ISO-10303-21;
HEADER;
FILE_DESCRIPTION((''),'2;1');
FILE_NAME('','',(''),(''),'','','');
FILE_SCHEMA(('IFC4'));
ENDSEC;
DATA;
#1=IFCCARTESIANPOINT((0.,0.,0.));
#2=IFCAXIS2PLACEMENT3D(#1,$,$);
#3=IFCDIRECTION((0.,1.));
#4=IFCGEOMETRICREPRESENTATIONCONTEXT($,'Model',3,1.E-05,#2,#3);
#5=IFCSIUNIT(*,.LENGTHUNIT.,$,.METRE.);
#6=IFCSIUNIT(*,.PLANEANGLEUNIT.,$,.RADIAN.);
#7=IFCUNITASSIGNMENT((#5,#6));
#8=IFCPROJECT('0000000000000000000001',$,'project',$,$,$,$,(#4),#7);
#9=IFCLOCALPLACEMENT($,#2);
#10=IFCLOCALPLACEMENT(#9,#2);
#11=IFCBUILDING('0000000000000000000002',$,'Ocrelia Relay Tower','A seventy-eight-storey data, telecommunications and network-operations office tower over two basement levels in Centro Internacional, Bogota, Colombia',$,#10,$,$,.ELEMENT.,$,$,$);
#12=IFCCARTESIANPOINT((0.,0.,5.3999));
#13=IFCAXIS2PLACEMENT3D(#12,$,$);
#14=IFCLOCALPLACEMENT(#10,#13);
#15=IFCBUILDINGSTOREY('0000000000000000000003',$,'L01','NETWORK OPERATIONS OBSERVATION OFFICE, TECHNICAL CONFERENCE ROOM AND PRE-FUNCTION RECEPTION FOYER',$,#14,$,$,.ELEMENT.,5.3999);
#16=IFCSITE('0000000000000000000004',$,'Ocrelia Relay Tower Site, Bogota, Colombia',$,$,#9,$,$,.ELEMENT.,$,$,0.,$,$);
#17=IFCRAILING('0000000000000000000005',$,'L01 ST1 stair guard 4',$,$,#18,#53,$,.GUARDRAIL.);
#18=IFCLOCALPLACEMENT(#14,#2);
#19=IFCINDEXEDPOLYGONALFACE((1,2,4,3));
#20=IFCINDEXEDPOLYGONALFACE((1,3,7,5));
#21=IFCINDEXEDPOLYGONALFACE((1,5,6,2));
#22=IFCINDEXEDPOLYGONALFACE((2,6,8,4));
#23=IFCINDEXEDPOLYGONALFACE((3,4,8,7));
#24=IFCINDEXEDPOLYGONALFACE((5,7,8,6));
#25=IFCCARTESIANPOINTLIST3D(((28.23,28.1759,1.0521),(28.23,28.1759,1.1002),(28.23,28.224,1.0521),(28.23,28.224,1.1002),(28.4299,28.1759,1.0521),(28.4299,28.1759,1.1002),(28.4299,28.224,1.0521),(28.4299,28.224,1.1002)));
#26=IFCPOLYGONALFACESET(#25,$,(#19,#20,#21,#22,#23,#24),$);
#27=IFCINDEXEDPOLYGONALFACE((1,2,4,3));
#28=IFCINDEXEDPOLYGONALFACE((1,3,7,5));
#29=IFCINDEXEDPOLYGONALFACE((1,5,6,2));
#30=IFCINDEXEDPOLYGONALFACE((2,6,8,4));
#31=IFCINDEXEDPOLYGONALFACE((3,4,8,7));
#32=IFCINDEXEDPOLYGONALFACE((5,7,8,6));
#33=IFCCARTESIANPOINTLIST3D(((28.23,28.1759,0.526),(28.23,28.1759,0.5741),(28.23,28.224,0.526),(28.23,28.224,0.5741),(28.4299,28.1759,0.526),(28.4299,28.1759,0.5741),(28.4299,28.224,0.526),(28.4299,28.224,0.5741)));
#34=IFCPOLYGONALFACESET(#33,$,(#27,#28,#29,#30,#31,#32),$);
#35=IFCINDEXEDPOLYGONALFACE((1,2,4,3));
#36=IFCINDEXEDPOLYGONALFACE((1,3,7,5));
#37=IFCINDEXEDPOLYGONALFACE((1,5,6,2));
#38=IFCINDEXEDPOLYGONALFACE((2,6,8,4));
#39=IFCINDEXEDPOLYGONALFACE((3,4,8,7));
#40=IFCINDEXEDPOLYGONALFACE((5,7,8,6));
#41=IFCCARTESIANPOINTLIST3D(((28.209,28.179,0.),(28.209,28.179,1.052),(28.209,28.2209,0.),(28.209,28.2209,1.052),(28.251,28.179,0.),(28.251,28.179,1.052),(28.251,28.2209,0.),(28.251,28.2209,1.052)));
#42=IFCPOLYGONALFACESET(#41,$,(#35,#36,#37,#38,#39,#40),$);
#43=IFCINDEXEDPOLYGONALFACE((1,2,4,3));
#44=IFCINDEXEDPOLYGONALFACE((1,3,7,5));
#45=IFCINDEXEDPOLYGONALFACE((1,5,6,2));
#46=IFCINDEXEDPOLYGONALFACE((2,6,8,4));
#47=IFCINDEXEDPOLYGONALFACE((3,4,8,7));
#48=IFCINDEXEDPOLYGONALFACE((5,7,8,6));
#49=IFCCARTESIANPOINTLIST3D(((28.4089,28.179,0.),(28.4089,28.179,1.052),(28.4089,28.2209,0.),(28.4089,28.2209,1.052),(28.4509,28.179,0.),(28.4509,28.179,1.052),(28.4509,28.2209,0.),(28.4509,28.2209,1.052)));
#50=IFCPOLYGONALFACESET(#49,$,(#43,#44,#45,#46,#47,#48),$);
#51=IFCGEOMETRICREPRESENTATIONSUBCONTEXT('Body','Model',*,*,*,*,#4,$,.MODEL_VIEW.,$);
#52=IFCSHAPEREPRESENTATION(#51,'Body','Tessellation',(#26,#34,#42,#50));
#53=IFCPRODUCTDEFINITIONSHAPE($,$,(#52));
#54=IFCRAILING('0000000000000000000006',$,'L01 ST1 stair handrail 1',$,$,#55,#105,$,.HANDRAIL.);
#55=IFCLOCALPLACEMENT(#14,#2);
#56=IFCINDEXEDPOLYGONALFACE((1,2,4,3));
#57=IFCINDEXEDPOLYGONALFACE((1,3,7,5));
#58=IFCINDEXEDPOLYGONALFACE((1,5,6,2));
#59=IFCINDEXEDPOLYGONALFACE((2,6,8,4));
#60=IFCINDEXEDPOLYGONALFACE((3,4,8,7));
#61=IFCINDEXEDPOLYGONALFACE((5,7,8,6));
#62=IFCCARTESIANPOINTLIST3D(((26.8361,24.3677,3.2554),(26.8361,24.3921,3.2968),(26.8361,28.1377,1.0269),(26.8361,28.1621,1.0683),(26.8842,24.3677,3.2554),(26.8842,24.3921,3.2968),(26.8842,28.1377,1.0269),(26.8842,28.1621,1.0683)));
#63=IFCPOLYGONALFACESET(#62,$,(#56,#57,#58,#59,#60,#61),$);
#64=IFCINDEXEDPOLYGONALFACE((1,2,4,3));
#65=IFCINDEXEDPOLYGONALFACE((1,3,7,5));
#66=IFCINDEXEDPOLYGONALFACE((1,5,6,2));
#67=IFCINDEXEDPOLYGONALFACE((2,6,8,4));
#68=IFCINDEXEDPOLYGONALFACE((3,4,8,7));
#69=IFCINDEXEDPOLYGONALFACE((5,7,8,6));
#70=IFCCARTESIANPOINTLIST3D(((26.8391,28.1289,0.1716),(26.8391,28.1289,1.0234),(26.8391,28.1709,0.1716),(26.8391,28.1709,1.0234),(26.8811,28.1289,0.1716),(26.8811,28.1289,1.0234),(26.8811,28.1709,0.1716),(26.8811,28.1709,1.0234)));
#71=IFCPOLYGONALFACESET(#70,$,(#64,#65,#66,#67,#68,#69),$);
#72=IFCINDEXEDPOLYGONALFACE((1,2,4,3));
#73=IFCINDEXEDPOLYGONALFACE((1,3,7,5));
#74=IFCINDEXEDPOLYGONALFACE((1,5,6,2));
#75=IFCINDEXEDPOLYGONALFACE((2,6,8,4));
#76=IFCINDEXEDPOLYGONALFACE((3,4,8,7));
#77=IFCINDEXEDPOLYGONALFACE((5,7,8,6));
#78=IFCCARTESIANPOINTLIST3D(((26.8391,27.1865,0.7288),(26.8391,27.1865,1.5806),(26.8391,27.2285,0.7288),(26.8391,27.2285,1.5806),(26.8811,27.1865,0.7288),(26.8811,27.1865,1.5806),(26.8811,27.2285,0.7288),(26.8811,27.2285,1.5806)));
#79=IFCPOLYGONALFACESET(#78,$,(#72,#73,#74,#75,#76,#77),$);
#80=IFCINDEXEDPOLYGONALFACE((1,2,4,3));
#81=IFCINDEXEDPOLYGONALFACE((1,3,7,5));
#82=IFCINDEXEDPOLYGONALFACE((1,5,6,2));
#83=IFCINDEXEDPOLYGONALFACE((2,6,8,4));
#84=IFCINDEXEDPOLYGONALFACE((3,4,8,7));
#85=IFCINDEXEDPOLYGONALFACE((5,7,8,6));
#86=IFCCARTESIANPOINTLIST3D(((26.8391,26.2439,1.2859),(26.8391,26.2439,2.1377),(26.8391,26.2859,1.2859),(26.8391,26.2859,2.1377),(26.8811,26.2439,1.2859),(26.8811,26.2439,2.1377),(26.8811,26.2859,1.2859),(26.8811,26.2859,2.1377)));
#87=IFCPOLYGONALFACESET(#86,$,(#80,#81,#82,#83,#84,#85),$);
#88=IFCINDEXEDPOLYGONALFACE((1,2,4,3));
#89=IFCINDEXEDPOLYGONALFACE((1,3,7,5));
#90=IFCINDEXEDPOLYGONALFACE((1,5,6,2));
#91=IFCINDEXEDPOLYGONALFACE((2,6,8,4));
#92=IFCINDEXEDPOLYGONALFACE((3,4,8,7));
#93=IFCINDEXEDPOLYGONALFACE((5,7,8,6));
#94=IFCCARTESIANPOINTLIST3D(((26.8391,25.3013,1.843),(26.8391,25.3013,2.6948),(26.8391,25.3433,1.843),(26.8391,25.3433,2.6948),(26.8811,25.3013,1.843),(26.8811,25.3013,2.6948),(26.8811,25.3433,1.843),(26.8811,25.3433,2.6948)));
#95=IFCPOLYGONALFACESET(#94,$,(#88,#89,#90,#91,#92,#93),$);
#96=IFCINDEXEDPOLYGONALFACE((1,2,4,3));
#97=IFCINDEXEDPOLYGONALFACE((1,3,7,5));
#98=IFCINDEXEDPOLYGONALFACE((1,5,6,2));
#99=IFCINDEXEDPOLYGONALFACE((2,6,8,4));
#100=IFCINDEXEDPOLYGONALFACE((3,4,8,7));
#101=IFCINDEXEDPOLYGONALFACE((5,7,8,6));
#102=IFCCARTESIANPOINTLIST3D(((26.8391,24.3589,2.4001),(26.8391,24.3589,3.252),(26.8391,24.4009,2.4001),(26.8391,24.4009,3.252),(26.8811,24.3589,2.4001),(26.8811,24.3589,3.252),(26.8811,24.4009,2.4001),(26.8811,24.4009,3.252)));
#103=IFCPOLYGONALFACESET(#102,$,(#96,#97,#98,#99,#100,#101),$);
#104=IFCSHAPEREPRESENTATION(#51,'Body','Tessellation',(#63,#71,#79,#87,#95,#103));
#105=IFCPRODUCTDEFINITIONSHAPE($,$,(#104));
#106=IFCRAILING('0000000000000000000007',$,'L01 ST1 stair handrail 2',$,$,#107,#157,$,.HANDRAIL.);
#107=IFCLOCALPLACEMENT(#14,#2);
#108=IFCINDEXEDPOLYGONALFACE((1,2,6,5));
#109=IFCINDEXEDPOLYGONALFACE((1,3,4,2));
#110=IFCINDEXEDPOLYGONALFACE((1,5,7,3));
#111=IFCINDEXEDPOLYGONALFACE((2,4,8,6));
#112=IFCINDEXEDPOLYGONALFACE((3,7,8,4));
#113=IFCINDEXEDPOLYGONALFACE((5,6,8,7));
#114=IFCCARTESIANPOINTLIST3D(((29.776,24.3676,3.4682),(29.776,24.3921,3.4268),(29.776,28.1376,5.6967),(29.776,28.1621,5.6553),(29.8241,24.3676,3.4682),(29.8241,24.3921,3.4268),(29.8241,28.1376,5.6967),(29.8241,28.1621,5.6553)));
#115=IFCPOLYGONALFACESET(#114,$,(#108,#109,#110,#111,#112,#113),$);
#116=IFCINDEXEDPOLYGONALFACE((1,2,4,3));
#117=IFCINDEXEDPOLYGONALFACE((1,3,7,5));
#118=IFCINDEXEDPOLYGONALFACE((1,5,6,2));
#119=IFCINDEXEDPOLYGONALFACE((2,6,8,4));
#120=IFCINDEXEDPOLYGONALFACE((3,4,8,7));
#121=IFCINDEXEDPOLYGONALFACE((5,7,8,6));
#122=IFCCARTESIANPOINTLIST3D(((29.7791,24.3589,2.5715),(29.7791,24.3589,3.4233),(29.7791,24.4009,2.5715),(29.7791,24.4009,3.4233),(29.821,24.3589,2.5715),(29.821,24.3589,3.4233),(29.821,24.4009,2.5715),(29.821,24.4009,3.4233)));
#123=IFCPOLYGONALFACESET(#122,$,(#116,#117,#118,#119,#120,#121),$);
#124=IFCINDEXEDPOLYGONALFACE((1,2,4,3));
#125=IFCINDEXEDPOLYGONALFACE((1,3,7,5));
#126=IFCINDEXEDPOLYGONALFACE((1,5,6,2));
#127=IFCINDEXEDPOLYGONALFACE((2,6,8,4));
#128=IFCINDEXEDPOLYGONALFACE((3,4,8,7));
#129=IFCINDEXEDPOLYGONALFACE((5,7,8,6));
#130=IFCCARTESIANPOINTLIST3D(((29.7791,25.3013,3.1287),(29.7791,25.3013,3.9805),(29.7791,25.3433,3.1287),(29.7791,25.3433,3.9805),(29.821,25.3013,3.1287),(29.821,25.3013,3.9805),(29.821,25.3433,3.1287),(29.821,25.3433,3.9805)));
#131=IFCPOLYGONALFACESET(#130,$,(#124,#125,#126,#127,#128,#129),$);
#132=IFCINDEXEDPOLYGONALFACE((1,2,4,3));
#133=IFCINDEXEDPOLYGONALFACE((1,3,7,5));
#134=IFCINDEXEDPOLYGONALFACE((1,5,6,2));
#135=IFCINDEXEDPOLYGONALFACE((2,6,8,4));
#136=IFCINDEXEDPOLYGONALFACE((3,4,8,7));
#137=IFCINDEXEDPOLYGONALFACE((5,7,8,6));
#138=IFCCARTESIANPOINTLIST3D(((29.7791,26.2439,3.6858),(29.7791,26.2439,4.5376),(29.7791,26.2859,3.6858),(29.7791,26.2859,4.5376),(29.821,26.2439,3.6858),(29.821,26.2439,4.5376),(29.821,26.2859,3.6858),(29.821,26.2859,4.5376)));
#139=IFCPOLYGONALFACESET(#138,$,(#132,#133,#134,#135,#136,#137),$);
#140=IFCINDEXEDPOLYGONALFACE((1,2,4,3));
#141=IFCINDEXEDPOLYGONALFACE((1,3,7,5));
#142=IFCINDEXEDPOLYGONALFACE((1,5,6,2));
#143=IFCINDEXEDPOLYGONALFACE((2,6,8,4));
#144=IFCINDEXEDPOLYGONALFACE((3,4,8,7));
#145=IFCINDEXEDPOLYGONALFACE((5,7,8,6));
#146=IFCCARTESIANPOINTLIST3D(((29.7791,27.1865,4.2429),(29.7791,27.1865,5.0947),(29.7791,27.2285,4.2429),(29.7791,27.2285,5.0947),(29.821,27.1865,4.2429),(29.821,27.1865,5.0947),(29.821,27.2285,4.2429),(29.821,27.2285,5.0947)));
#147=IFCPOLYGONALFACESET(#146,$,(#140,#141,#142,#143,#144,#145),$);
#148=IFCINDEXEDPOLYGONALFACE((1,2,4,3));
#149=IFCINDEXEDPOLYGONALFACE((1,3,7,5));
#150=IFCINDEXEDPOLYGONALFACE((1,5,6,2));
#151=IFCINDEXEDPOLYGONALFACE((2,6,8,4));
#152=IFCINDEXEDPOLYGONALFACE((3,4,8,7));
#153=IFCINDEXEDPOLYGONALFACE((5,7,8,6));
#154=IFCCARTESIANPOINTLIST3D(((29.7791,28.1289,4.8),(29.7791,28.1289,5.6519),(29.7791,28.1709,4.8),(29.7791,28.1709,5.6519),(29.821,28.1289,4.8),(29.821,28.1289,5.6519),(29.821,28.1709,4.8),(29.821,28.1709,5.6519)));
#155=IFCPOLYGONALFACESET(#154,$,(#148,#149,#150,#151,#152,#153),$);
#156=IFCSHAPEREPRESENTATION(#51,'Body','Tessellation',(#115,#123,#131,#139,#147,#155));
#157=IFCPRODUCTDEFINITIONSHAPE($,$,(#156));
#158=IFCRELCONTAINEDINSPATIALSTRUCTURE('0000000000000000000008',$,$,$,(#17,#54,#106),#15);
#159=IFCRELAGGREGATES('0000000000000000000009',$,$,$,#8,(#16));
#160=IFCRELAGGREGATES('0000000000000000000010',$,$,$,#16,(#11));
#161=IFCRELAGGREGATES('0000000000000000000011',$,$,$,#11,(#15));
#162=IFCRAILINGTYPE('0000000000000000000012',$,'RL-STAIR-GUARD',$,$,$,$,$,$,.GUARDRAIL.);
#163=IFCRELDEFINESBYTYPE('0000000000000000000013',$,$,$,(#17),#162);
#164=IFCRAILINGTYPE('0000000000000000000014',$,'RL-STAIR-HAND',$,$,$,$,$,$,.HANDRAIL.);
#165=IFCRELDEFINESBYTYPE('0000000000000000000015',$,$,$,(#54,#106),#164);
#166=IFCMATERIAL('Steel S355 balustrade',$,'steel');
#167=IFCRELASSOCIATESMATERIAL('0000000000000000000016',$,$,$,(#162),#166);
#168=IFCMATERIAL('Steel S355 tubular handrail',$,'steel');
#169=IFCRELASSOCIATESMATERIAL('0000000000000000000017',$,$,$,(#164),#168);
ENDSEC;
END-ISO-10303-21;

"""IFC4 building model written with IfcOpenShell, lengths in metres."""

from ifc_helpers import new_model, si_unit, direction, frame, origin, origin_2d, place, context, subcontext, project, spatial, rectangle, extrude, material, type_object, element, save


model = new_model("IFC4")

# Units and contexts
model_context = context("Model", 3, precision=1e-05, world=origin(), true_north=direction((0.0, 1.0)))
body_context = subcontext(model_context, "Body", "Model", "MODEL_VIEW")
ifc_project = project(units=[si_unit("LENGTHUNIT", "METRE"), si_unit("PLANEANGLEUNIT", "RADIAN")], contexts=[model_context])

# Site, building, storey
site_placement = place(None, origin())
site = spatial("IfcSite", under=ifc_project, at=site_placement, Name="Ocrelia Relay Tower Site, Bogota, Colombia", CompositionType="ELEMENT", RefElevation=0.0)
building_placement = place(site_placement, origin())
building = spatial("IfcBuilding", under=site, at=building_placement, Name="Ocrelia Relay Tower", Description="A seventy-eight-storey data, telecommunications and network-operations office tower over two basement levels in Centro Internacional, Bogota, Colombia", CompositionType="ELEMENT")
storey_placement = place(building_placement, frame((0.0, 0.0, 5.3999)))
storey = spatial("IfcBuildingStorey", under=building, at=storey_placement, Name="L01", Description="NETWORK OPERATIONS OBSERVATION OFFICE, TECHNICAL CONFERENCE ROOM AND PRE-FUNCTION RECEPTION FOYER", CompositionType="ELEMENT", Elevation=5.3999)

# Railings
ifc_material_1 = material(Name="Steel S355 balustrade", Category="steel")
railing_type_1 = type_object("IfcRailingType", Name="RL-STAIR-GUARD", PredefinedType="GUARDRAIL", material=ifc_material_1)
railing_1_placement = place(storey_placement, frame((28.23, 28.2, 0.0)))
element("IfcRailing", 1, at=railing_1_placement, inside=storey, type_object=railing_type_1, Name="L01 ST1 stair guard 4", PredefinedType="GUARDRAIL", context=body_context, shape_type="SweptSolid", body=[
    extrude(rectangle(XDim=0.0481, YDim=0.0481, at=origin_2d()), frame((0.0, 0.0, 1.0762), z_axis=(1.0, 0.0, 0.0), x_axis=(0.0, 1.0, 0.0)), (0.0, 0.0, 1.0), 0.2),
    extrude(rectangle(XDim=0.0481, YDim=0.0481, at=origin_2d()), frame((0.0, 0.0, 0.55), z_axis=(1.0, 0.0, 0.0), x_axis=(0.0, 1.0, 0.0)), (0.0, 0.0, 1.0), 0.2),
    extrude(rectangle(XDim=0.042, YDim=0.042, at=origin_2d()), origin(), (0.0, 0.0, 1.0), 1.052),
    extrude(rectangle(XDim=0.042, YDim=0.042, at=origin_2d()), frame((0.2, 0.0, 0.0)), (0.0, 0.0, 1.0), 1.052),
])
ifc_material_2 = material(Name="Steel S355 tubular handrail", Category="steel")
railing_type_2 = type_object("IfcRailingType", Name="RL-STAIR-HAND", PredefinedType="HANDRAIL", material=ifc_material_2)
railing_2_placement = place(storey_placement, frame((26.8601, 28.1499, 0.1716)))
element("IfcRailing", 2, at=railing_2_placement, inside=storey, type_object=railing_type_2, Name="L01 ST1 stair handrail 1", PredefinedType="HANDRAIL", context=body_context, shape_type="SweptSolid", body=[
    extrude(rectangle(XDim=0.0481, YDim=0.0481, at=origin_2d()), frame((0.0, 0.0, 0.876), z_axis=(0.0, -0.860849, 0.508861), x_axis=(1.0, 0.0, 0.0)), (0.0, 0.0, 1.0), 4.3794),
    extrude(rectangle(XDim=0.042, YDim=0.042, at=origin_2d()), origin(), (0.0, 0.0, 1.0), 0.8518),
    extrude(rectangle(XDim=0.042, YDim=0.042, at=origin_2d()), frame((0.0, -0.9424, 0.5571)), (0.0, 0.0, 1.0), 0.8518),
    extrude(rectangle(XDim=0.042, YDim=0.042, at=origin_2d()), frame((0.0, -1.885, 1.1143)), (0.0, 0.0, 1.0), 0.8518),
    extrude(rectangle(XDim=0.042, YDim=0.042, at=origin_2d()), frame((0.0, -2.8276, 1.6714)), (0.0, 0.0, 1.0), 0.8518),
    extrude(rectangle(XDim=0.042, YDim=0.042, at=origin_2d()), frame((0.0, -3.77, 2.2285)), (0.0, 0.0, 1.0), 0.8518),
])
railing_3_placement = place(storey_placement, frame((29.8, 24.3799, 2.5715)))
element("IfcRailing", 3, at=railing_3_placement, inside=storey, type_object=railing_type_2, Name="L01 ST1 stair handrail 2", PredefinedType="HANDRAIL", context=body_context, shape_type="SweptSolid", body=[
    extrude(rectangle(XDim=0.0481, YDim=0.0481, at=origin_2d()), frame((0.0, 0.0, 0.876), z_axis=(0.0, 0.860849, 0.508861), x_axis=(-1.0, 0.0, 0.0)), (0.0, 0.0, 1.0), 4.3794),
    extrude(rectangle(XDim=0.042, YDim=0.042, at=origin_2d()), origin(), (0.0, 0.0, 1.0), 0.8518),
    extrude(rectangle(XDim=0.042, YDim=0.042, at=origin_2d()), frame((0.0, 0.9424, 0.5571)), (0.0, 0.0, 1.0), 0.8518),
    extrude(rectangle(XDim=0.042, YDim=0.042, at=origin_2d()), frame((0.0, 1.885, 1.1143)), (0.0, 0.0, 1.0), 0.8518),
    extrude(rectangle(XDim=0.042, YDim=0.042, at=origin_2d()), frame((0.0, 2.8276, 1.6714)), (0.0, 0.0, 1.0), 0.8518),
    extrude(rectangle(XDim=0.042, YDim=0.042, at=origin_2d()), frame((0.0, 3.77, 2.2285)), (0.0, 0.0, 1.0), 0.8518),
])

save(model, "model.ifc")
